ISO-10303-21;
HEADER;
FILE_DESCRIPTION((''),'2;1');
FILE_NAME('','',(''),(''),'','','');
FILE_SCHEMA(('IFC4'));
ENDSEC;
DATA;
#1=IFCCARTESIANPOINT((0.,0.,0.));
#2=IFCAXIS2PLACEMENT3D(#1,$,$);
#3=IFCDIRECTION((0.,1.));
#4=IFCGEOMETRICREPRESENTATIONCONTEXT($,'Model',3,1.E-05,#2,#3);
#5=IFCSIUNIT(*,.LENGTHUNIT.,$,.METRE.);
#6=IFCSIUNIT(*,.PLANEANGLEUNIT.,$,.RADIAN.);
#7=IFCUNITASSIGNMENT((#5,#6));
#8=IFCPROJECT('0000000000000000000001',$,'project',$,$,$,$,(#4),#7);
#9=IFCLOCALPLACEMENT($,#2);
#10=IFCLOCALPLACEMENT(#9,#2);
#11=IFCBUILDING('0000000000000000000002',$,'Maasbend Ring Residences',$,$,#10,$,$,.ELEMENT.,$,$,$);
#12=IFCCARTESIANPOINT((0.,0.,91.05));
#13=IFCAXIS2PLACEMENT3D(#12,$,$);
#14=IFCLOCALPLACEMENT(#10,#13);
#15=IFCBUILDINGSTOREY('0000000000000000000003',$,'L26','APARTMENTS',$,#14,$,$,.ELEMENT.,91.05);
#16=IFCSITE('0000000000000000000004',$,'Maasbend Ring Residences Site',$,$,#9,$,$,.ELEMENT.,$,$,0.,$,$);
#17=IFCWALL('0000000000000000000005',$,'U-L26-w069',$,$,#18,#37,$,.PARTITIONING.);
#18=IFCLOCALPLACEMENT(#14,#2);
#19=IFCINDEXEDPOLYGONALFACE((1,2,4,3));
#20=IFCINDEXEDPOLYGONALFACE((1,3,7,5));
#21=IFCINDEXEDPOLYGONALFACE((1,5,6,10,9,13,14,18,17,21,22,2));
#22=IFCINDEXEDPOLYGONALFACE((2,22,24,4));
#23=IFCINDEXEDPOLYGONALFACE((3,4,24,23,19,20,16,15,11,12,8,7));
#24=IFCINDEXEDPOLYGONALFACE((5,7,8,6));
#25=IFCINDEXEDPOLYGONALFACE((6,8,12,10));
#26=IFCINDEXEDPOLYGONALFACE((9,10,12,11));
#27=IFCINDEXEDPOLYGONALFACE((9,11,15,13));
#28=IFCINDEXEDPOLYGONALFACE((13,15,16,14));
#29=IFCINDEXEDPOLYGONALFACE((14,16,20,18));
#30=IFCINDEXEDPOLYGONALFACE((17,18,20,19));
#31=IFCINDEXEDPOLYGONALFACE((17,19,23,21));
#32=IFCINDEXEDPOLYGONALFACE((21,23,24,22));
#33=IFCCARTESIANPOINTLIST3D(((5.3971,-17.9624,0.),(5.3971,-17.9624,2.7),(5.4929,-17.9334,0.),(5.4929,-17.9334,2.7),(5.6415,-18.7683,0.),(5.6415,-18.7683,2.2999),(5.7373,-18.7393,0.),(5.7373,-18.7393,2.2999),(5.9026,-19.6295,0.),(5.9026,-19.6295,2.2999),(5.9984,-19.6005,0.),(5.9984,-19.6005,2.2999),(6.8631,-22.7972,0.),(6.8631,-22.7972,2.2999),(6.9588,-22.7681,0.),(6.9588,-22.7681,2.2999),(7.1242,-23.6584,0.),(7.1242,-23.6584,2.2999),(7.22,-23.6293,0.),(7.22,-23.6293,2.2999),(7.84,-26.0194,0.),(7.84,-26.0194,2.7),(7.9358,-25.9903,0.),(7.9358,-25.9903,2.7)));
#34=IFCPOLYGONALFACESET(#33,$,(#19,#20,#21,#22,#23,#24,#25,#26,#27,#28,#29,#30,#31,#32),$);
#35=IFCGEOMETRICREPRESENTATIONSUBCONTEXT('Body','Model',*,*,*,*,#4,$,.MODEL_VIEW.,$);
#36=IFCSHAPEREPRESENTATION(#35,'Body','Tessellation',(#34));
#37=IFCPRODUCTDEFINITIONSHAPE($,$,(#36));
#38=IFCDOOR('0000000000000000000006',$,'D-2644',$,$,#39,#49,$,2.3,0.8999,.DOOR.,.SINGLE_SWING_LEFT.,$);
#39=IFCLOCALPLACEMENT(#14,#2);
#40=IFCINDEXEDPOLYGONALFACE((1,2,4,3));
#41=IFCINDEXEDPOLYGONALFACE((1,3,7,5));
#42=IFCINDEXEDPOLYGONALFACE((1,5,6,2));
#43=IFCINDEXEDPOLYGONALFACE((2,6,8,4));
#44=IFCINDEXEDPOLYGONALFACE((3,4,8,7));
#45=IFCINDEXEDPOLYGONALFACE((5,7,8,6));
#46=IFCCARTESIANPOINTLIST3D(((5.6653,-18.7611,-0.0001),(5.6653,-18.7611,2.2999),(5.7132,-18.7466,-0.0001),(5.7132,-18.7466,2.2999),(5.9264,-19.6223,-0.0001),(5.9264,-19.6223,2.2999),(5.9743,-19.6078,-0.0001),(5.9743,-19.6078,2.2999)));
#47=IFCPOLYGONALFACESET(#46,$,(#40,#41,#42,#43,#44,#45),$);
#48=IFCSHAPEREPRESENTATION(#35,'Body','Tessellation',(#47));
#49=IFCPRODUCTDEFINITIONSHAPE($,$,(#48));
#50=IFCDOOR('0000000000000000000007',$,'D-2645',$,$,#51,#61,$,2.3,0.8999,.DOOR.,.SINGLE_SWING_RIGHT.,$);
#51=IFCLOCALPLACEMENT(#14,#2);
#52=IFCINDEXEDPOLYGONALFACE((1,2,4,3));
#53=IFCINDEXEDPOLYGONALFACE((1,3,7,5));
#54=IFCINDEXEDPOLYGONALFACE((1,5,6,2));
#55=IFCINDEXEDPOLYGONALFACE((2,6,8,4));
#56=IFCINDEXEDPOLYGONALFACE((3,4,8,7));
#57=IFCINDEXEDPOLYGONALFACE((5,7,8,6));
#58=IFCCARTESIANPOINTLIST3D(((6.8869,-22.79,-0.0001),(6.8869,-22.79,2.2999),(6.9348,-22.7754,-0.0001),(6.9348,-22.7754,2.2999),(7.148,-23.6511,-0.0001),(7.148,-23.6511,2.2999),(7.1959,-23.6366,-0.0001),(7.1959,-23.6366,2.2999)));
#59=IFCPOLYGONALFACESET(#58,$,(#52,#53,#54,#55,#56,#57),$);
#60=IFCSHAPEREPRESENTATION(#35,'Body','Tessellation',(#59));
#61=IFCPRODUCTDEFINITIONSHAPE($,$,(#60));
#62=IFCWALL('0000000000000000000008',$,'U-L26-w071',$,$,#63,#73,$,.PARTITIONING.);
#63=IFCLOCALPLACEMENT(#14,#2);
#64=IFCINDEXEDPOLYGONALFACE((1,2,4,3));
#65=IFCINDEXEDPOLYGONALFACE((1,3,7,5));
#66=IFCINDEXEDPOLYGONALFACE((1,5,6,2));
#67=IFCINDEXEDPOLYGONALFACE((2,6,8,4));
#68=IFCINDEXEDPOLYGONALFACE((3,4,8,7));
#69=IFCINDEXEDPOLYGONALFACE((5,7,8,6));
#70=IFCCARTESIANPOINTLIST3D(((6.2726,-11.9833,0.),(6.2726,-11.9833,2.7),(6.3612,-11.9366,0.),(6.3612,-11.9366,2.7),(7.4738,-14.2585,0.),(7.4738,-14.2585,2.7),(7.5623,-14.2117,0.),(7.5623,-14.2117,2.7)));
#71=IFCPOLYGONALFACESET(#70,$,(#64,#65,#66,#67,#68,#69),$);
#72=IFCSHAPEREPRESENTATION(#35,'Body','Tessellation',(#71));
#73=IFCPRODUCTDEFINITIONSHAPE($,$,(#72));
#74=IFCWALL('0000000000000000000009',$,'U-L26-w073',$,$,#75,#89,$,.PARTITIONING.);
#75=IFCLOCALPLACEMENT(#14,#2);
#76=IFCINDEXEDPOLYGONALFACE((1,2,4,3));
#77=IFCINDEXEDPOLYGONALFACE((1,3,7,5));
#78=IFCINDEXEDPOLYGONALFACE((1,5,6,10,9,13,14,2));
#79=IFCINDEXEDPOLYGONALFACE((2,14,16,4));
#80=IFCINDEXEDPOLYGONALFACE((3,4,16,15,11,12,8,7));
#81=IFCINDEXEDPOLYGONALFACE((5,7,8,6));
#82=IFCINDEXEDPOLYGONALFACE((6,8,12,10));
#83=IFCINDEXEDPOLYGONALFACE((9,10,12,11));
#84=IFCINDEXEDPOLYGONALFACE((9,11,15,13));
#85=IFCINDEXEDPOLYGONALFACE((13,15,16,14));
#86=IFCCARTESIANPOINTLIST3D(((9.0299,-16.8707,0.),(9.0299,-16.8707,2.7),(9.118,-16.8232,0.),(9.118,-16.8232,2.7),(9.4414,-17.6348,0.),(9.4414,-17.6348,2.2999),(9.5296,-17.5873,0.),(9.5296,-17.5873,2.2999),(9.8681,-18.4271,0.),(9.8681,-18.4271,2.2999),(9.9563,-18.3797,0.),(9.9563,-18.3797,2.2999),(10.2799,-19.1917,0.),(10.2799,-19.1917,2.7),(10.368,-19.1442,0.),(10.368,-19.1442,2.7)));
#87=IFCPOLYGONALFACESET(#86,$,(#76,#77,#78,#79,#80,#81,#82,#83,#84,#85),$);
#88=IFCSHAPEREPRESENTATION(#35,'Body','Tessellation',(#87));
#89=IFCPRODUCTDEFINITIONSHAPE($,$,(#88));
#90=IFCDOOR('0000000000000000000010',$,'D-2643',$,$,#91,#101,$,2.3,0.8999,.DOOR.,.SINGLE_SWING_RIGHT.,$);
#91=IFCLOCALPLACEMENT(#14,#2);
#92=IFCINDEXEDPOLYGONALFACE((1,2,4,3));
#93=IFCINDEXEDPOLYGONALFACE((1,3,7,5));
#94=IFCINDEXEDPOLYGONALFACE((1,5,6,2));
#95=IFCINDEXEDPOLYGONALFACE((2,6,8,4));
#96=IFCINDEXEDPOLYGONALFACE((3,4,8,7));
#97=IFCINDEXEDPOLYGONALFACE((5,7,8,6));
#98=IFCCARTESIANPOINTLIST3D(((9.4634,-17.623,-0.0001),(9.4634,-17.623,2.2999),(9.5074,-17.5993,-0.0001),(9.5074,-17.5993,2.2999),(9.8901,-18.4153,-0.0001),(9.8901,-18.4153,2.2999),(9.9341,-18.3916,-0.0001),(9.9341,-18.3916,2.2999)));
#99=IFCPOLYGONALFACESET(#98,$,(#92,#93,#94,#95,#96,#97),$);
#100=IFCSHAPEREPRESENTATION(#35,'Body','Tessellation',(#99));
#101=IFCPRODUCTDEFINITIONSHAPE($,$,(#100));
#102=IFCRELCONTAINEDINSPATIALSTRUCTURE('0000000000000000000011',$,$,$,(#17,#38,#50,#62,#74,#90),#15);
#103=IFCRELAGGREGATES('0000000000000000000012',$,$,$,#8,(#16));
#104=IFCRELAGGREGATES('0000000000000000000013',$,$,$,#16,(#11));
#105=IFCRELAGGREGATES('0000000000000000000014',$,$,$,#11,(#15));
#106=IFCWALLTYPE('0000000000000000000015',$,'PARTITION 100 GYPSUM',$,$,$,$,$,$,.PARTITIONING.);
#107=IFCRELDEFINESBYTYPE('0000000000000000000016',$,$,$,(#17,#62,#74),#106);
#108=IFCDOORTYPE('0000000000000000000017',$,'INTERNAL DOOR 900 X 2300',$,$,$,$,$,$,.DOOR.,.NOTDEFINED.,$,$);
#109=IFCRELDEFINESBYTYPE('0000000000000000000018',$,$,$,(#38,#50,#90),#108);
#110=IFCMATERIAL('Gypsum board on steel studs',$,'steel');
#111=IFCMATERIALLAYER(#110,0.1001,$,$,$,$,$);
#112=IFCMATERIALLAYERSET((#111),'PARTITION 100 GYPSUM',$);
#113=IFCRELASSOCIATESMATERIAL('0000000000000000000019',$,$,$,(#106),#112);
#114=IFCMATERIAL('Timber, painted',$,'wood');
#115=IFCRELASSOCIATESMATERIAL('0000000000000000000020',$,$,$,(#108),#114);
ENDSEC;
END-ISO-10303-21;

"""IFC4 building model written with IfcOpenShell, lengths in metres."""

from ifc_helpers import new_model, si_unit, direction, frame, frame_2d, origin, place, context, subcontext, project, spatial, rectangle, extrude, material, layer, layer_set, type_object, element, fill, save


model = new_model("IFC4")

# Units and contexts
model_context = context("Model", 3, precision=1e-05, world=origin(), true_north=direction((0.0, 1.0)))
body_context = subcontext(model_context, "Body", "Model", "MODEL_VIEW")
ifc_project = project(units=[si_unit("LENGTHUNIT", "METRE"), si_unit("PLANEANGLEUNIT", "RADIAN")], contexts=[model_context])

# Site, building, storey
site_placement = place(None, origin())
site = spatial("IfcSite", under=ifc_project, at=site_placement, Name="Maasbend Ring Residences Site", CompositionType="ELEMENT", RefElevation=0.0)
building_placement = place(site_placement, origin())
building = spatial("IfcBuilding", under=site, at=building_placement, Name="Maasbend Ring Residences", CompositionType="ELEMENT")
storey_placement = place(building_placement, frame((0.0, 0.0, 91.05)))
storey = spatial("IfcBuildingStorey", under=building, at=storey_placement, Name="L26", Description="APARTMENTS", CompositionType="ELEMENT", Elevation=91.05)

# Shared definitions
ifc_material_1 = material(Name="Gypsum board on steel studs", Category="steel")
ifc_layer_1 = layer(ifc_material_1, 0.1001)
ifc_layer_set_1 = layer_set([ifc_layer_1], Name="PARTITION 100 GYPSUM")
wall_type_1 = type_object("IfcWallType", Name="PARTITION 100 GYPSUM", PredefinedType="PARTITIONING", material=ifc_layer_set_1)

# Shared definitions
ifc_material_2 = material(Name="Timber, painted", Category="wood")
door_type_1 = type_object("IfcDoorType", Name="INTERNAL DOOR 900 X 2300", OperationType="NOTDEFINED", PredefinedType="DOOR", material=ifc_material_2)

# Wall, openings, doors
wall_1_placement = place(storey_placement, frame((5.4451, -17.948, 0.0), z_axis=(0.0, 0.0, 1.0), x_axis=(0.290159, -0.956979, 0.0)))
wall_1 = element("IfcWall", 1, at=wall_1_placement, inside=storey, type_object=wall_type_1, Name="U-L26-w069", PredefinedType="PARTITIONING", context=body_context, shape_type="SweptSolid", body=[
    extrude(rectangle(XDim=8.4192, YDim=0.1001, at=frame_2d((4.2095, 0.0))), origin(), (0.0, 0.0, 1.0), 2.7),
])
opening_1_placement = place(wall_1_placement, frame((0.842, 0.0, 0.0)))
opening_1 = element("IfcOpeningElement", 2, at=opening_1_placement, cuts=wall_1, PredefinedType="OPENING", context=body_context, shape_type="SweptSolid", body=[
    extrude(rectangle(XDim=0.8999, YDim=2.3, at=frame_2d((0.45, 1.1499))), frame((0.0, 0.0601, 0.0), z_axis=(0.0, -1.0, 0.0), x_axis=(1.0, 0.0, 0.0)), (0.0, 0.0, 1.0), 0.1201),
])
opening_2_placement = place(wall_1_placement, frame((5.052, 0.0, 0.0)))
opening_2 = element("IfcOpeningElement", 3, at=opening_2_placement, cuts=wall_1, PredefinedType="OPENING", context=body_context, shape_type="SweptSolid", body=[
    extrude(rectangle(XDim=0.8999, YDim=2.3, at=frame_2d((0.45, 1.1499))), frame((0.0, 0.0601, 0.0), z_axis=(0.0, -1.0, 0.0), x_axis=(1.0, 0.0, 0.0)), (0.0, 0.0, 1.0), 0.1201),
])
door_1_placement = place(opening_1_placement, origin())
door_1 = element("IfcDoor", 4, at=door_1_placement, inside=storey, type_object=door_type_1, Name="D-2644", OperationType="SINGLE_SWING_LEFT", OverallHeight=2.3, OverallWidth=0.8999, PredefinedType="DOOR", context=body_context, shape_type="SweptSolid", body=[
    extrude(rectangle(XDim=0.8999, YDim=2.3, at=frame_2d((0.45, 1.1499))), frame((0.0, 0.0249, 0.0), z_axis=(0.0, -1.0, 0.0), x_axis=(1.0, 0.0, 0.0)), (0.0, 0.0, 1.0), 0.05),
])
fill(opening_1, door_1)
door_2_placement = place(opening_2_placement, origin())
door_2 = element("IfcDoor", 5, at=door_2_placement, inside=storey, type_object=door_type_1, Name="D-2645", OperationType="SINGLE_SWING_RIGHT", OverallHeight=2.3, OverallWidth=0.8999, PredefinedType="DOOR", context=body_context, shape_type="SweptSolid", body=[
    extrude(rectangle(XDim=0.8999, YDim=2.3, at=frame_2d((0.45, 1.1499))), frame((0.0, 0.0249, 0.0), z_axis=(0.0, -1.0, 0.0), x_axis=(1.0, 0.0, 0.0)), (0.0, 0.0, 1.0), 0.05),
])
fill(opening_2, door_2)

# Wall
wall_2_placement = place(storey_placement, frame((6.3169, -11.96, 0.0), z_axis=(0.0, 0.0, 1.0), x_axis=(0.46688, -0.884321, 0.0)))
element("IfcWall", 6, at=wall_2_placement, inside=storey, type_object=wall_type_1, Name="U-L26-w071", PredefinedType="PARTITIONING", context=body_context, shape_type="SweptSolid", body=[
    extrude(rectangle(XDim=2.5728, YDim=0.1001, at=frame_2d((1.2864, 0.0))), origin(), (0.0, 0.0, 1.0), 2.7),
])

# Wall, opening, door
wall_3_placement = place(storey_placement, frame((9.074, -16.8469, 0.0), z_axis=(0.0, 0.0, 1.0), x_axis=(0.474161, -0.880438, 0.0)))
wall_3 = element("IfcWall", 7, at=wall_3_placement, inside=storey, type_object=wall_type_1, Name="U-L26-w073", PredefinedType="PARTITIONING", context=body_context, shape_type="SweptSolid", body=[
    extrude(rectangle(XDim=2.6362, YDim=0.1001, at=frame_2d((1.3181, 0.0))), origin(), (0.0, 0.0, 1.0), 2.7),
])
opening_3_placement = place(wall_3_placement, frame((0.8679, 0.0, 0.0)))
opening_3 = element("IfcOpeningElement", 8, at=opening_3_placement, cuts=wall_3, PredefinedType="OPENING", context=body_context, shape_type="SweptSolid", body=[
    extrude(rectangle(XDim=0.8999, YDim=2.3, at=frame_2d((0.45, 1.1499))), frame((0.0, 0.0601, 0.0), z_axis=(0.0, -1.0, 0.0), x_axis=(1.0, 0.0, 0.0)), (0.0, 0.0, 1.0), 0.1201),
])
door_3_placement = place(opening_3_placement, origin())
door_3 = element("IfcDoor", 9, at=door_3_placement, inside=storey, type_object=door_type_1, Name="D-2643", OperationType="SINGLE_SWING_RIGHT", OverallHeight=2.3, OverallWidth=0.8999, PredefinedType="DOOR", context=body_context, shape_type="SweptSolid", body=[
    extrude(rectangle(XDim=0.8999, YDim=2.3, at=frame_2d((0.45, 1.1499))), frame((0.0, 0.0249, 0.0), z_axis=(0.0, -1.0, 0.0), x_axis=(1.0, 0.0, 0.0)), (0.0, 0.0, 1.0), 0.05),
])
fill(opening_3, door_3)

save(model, "model.ifc")
